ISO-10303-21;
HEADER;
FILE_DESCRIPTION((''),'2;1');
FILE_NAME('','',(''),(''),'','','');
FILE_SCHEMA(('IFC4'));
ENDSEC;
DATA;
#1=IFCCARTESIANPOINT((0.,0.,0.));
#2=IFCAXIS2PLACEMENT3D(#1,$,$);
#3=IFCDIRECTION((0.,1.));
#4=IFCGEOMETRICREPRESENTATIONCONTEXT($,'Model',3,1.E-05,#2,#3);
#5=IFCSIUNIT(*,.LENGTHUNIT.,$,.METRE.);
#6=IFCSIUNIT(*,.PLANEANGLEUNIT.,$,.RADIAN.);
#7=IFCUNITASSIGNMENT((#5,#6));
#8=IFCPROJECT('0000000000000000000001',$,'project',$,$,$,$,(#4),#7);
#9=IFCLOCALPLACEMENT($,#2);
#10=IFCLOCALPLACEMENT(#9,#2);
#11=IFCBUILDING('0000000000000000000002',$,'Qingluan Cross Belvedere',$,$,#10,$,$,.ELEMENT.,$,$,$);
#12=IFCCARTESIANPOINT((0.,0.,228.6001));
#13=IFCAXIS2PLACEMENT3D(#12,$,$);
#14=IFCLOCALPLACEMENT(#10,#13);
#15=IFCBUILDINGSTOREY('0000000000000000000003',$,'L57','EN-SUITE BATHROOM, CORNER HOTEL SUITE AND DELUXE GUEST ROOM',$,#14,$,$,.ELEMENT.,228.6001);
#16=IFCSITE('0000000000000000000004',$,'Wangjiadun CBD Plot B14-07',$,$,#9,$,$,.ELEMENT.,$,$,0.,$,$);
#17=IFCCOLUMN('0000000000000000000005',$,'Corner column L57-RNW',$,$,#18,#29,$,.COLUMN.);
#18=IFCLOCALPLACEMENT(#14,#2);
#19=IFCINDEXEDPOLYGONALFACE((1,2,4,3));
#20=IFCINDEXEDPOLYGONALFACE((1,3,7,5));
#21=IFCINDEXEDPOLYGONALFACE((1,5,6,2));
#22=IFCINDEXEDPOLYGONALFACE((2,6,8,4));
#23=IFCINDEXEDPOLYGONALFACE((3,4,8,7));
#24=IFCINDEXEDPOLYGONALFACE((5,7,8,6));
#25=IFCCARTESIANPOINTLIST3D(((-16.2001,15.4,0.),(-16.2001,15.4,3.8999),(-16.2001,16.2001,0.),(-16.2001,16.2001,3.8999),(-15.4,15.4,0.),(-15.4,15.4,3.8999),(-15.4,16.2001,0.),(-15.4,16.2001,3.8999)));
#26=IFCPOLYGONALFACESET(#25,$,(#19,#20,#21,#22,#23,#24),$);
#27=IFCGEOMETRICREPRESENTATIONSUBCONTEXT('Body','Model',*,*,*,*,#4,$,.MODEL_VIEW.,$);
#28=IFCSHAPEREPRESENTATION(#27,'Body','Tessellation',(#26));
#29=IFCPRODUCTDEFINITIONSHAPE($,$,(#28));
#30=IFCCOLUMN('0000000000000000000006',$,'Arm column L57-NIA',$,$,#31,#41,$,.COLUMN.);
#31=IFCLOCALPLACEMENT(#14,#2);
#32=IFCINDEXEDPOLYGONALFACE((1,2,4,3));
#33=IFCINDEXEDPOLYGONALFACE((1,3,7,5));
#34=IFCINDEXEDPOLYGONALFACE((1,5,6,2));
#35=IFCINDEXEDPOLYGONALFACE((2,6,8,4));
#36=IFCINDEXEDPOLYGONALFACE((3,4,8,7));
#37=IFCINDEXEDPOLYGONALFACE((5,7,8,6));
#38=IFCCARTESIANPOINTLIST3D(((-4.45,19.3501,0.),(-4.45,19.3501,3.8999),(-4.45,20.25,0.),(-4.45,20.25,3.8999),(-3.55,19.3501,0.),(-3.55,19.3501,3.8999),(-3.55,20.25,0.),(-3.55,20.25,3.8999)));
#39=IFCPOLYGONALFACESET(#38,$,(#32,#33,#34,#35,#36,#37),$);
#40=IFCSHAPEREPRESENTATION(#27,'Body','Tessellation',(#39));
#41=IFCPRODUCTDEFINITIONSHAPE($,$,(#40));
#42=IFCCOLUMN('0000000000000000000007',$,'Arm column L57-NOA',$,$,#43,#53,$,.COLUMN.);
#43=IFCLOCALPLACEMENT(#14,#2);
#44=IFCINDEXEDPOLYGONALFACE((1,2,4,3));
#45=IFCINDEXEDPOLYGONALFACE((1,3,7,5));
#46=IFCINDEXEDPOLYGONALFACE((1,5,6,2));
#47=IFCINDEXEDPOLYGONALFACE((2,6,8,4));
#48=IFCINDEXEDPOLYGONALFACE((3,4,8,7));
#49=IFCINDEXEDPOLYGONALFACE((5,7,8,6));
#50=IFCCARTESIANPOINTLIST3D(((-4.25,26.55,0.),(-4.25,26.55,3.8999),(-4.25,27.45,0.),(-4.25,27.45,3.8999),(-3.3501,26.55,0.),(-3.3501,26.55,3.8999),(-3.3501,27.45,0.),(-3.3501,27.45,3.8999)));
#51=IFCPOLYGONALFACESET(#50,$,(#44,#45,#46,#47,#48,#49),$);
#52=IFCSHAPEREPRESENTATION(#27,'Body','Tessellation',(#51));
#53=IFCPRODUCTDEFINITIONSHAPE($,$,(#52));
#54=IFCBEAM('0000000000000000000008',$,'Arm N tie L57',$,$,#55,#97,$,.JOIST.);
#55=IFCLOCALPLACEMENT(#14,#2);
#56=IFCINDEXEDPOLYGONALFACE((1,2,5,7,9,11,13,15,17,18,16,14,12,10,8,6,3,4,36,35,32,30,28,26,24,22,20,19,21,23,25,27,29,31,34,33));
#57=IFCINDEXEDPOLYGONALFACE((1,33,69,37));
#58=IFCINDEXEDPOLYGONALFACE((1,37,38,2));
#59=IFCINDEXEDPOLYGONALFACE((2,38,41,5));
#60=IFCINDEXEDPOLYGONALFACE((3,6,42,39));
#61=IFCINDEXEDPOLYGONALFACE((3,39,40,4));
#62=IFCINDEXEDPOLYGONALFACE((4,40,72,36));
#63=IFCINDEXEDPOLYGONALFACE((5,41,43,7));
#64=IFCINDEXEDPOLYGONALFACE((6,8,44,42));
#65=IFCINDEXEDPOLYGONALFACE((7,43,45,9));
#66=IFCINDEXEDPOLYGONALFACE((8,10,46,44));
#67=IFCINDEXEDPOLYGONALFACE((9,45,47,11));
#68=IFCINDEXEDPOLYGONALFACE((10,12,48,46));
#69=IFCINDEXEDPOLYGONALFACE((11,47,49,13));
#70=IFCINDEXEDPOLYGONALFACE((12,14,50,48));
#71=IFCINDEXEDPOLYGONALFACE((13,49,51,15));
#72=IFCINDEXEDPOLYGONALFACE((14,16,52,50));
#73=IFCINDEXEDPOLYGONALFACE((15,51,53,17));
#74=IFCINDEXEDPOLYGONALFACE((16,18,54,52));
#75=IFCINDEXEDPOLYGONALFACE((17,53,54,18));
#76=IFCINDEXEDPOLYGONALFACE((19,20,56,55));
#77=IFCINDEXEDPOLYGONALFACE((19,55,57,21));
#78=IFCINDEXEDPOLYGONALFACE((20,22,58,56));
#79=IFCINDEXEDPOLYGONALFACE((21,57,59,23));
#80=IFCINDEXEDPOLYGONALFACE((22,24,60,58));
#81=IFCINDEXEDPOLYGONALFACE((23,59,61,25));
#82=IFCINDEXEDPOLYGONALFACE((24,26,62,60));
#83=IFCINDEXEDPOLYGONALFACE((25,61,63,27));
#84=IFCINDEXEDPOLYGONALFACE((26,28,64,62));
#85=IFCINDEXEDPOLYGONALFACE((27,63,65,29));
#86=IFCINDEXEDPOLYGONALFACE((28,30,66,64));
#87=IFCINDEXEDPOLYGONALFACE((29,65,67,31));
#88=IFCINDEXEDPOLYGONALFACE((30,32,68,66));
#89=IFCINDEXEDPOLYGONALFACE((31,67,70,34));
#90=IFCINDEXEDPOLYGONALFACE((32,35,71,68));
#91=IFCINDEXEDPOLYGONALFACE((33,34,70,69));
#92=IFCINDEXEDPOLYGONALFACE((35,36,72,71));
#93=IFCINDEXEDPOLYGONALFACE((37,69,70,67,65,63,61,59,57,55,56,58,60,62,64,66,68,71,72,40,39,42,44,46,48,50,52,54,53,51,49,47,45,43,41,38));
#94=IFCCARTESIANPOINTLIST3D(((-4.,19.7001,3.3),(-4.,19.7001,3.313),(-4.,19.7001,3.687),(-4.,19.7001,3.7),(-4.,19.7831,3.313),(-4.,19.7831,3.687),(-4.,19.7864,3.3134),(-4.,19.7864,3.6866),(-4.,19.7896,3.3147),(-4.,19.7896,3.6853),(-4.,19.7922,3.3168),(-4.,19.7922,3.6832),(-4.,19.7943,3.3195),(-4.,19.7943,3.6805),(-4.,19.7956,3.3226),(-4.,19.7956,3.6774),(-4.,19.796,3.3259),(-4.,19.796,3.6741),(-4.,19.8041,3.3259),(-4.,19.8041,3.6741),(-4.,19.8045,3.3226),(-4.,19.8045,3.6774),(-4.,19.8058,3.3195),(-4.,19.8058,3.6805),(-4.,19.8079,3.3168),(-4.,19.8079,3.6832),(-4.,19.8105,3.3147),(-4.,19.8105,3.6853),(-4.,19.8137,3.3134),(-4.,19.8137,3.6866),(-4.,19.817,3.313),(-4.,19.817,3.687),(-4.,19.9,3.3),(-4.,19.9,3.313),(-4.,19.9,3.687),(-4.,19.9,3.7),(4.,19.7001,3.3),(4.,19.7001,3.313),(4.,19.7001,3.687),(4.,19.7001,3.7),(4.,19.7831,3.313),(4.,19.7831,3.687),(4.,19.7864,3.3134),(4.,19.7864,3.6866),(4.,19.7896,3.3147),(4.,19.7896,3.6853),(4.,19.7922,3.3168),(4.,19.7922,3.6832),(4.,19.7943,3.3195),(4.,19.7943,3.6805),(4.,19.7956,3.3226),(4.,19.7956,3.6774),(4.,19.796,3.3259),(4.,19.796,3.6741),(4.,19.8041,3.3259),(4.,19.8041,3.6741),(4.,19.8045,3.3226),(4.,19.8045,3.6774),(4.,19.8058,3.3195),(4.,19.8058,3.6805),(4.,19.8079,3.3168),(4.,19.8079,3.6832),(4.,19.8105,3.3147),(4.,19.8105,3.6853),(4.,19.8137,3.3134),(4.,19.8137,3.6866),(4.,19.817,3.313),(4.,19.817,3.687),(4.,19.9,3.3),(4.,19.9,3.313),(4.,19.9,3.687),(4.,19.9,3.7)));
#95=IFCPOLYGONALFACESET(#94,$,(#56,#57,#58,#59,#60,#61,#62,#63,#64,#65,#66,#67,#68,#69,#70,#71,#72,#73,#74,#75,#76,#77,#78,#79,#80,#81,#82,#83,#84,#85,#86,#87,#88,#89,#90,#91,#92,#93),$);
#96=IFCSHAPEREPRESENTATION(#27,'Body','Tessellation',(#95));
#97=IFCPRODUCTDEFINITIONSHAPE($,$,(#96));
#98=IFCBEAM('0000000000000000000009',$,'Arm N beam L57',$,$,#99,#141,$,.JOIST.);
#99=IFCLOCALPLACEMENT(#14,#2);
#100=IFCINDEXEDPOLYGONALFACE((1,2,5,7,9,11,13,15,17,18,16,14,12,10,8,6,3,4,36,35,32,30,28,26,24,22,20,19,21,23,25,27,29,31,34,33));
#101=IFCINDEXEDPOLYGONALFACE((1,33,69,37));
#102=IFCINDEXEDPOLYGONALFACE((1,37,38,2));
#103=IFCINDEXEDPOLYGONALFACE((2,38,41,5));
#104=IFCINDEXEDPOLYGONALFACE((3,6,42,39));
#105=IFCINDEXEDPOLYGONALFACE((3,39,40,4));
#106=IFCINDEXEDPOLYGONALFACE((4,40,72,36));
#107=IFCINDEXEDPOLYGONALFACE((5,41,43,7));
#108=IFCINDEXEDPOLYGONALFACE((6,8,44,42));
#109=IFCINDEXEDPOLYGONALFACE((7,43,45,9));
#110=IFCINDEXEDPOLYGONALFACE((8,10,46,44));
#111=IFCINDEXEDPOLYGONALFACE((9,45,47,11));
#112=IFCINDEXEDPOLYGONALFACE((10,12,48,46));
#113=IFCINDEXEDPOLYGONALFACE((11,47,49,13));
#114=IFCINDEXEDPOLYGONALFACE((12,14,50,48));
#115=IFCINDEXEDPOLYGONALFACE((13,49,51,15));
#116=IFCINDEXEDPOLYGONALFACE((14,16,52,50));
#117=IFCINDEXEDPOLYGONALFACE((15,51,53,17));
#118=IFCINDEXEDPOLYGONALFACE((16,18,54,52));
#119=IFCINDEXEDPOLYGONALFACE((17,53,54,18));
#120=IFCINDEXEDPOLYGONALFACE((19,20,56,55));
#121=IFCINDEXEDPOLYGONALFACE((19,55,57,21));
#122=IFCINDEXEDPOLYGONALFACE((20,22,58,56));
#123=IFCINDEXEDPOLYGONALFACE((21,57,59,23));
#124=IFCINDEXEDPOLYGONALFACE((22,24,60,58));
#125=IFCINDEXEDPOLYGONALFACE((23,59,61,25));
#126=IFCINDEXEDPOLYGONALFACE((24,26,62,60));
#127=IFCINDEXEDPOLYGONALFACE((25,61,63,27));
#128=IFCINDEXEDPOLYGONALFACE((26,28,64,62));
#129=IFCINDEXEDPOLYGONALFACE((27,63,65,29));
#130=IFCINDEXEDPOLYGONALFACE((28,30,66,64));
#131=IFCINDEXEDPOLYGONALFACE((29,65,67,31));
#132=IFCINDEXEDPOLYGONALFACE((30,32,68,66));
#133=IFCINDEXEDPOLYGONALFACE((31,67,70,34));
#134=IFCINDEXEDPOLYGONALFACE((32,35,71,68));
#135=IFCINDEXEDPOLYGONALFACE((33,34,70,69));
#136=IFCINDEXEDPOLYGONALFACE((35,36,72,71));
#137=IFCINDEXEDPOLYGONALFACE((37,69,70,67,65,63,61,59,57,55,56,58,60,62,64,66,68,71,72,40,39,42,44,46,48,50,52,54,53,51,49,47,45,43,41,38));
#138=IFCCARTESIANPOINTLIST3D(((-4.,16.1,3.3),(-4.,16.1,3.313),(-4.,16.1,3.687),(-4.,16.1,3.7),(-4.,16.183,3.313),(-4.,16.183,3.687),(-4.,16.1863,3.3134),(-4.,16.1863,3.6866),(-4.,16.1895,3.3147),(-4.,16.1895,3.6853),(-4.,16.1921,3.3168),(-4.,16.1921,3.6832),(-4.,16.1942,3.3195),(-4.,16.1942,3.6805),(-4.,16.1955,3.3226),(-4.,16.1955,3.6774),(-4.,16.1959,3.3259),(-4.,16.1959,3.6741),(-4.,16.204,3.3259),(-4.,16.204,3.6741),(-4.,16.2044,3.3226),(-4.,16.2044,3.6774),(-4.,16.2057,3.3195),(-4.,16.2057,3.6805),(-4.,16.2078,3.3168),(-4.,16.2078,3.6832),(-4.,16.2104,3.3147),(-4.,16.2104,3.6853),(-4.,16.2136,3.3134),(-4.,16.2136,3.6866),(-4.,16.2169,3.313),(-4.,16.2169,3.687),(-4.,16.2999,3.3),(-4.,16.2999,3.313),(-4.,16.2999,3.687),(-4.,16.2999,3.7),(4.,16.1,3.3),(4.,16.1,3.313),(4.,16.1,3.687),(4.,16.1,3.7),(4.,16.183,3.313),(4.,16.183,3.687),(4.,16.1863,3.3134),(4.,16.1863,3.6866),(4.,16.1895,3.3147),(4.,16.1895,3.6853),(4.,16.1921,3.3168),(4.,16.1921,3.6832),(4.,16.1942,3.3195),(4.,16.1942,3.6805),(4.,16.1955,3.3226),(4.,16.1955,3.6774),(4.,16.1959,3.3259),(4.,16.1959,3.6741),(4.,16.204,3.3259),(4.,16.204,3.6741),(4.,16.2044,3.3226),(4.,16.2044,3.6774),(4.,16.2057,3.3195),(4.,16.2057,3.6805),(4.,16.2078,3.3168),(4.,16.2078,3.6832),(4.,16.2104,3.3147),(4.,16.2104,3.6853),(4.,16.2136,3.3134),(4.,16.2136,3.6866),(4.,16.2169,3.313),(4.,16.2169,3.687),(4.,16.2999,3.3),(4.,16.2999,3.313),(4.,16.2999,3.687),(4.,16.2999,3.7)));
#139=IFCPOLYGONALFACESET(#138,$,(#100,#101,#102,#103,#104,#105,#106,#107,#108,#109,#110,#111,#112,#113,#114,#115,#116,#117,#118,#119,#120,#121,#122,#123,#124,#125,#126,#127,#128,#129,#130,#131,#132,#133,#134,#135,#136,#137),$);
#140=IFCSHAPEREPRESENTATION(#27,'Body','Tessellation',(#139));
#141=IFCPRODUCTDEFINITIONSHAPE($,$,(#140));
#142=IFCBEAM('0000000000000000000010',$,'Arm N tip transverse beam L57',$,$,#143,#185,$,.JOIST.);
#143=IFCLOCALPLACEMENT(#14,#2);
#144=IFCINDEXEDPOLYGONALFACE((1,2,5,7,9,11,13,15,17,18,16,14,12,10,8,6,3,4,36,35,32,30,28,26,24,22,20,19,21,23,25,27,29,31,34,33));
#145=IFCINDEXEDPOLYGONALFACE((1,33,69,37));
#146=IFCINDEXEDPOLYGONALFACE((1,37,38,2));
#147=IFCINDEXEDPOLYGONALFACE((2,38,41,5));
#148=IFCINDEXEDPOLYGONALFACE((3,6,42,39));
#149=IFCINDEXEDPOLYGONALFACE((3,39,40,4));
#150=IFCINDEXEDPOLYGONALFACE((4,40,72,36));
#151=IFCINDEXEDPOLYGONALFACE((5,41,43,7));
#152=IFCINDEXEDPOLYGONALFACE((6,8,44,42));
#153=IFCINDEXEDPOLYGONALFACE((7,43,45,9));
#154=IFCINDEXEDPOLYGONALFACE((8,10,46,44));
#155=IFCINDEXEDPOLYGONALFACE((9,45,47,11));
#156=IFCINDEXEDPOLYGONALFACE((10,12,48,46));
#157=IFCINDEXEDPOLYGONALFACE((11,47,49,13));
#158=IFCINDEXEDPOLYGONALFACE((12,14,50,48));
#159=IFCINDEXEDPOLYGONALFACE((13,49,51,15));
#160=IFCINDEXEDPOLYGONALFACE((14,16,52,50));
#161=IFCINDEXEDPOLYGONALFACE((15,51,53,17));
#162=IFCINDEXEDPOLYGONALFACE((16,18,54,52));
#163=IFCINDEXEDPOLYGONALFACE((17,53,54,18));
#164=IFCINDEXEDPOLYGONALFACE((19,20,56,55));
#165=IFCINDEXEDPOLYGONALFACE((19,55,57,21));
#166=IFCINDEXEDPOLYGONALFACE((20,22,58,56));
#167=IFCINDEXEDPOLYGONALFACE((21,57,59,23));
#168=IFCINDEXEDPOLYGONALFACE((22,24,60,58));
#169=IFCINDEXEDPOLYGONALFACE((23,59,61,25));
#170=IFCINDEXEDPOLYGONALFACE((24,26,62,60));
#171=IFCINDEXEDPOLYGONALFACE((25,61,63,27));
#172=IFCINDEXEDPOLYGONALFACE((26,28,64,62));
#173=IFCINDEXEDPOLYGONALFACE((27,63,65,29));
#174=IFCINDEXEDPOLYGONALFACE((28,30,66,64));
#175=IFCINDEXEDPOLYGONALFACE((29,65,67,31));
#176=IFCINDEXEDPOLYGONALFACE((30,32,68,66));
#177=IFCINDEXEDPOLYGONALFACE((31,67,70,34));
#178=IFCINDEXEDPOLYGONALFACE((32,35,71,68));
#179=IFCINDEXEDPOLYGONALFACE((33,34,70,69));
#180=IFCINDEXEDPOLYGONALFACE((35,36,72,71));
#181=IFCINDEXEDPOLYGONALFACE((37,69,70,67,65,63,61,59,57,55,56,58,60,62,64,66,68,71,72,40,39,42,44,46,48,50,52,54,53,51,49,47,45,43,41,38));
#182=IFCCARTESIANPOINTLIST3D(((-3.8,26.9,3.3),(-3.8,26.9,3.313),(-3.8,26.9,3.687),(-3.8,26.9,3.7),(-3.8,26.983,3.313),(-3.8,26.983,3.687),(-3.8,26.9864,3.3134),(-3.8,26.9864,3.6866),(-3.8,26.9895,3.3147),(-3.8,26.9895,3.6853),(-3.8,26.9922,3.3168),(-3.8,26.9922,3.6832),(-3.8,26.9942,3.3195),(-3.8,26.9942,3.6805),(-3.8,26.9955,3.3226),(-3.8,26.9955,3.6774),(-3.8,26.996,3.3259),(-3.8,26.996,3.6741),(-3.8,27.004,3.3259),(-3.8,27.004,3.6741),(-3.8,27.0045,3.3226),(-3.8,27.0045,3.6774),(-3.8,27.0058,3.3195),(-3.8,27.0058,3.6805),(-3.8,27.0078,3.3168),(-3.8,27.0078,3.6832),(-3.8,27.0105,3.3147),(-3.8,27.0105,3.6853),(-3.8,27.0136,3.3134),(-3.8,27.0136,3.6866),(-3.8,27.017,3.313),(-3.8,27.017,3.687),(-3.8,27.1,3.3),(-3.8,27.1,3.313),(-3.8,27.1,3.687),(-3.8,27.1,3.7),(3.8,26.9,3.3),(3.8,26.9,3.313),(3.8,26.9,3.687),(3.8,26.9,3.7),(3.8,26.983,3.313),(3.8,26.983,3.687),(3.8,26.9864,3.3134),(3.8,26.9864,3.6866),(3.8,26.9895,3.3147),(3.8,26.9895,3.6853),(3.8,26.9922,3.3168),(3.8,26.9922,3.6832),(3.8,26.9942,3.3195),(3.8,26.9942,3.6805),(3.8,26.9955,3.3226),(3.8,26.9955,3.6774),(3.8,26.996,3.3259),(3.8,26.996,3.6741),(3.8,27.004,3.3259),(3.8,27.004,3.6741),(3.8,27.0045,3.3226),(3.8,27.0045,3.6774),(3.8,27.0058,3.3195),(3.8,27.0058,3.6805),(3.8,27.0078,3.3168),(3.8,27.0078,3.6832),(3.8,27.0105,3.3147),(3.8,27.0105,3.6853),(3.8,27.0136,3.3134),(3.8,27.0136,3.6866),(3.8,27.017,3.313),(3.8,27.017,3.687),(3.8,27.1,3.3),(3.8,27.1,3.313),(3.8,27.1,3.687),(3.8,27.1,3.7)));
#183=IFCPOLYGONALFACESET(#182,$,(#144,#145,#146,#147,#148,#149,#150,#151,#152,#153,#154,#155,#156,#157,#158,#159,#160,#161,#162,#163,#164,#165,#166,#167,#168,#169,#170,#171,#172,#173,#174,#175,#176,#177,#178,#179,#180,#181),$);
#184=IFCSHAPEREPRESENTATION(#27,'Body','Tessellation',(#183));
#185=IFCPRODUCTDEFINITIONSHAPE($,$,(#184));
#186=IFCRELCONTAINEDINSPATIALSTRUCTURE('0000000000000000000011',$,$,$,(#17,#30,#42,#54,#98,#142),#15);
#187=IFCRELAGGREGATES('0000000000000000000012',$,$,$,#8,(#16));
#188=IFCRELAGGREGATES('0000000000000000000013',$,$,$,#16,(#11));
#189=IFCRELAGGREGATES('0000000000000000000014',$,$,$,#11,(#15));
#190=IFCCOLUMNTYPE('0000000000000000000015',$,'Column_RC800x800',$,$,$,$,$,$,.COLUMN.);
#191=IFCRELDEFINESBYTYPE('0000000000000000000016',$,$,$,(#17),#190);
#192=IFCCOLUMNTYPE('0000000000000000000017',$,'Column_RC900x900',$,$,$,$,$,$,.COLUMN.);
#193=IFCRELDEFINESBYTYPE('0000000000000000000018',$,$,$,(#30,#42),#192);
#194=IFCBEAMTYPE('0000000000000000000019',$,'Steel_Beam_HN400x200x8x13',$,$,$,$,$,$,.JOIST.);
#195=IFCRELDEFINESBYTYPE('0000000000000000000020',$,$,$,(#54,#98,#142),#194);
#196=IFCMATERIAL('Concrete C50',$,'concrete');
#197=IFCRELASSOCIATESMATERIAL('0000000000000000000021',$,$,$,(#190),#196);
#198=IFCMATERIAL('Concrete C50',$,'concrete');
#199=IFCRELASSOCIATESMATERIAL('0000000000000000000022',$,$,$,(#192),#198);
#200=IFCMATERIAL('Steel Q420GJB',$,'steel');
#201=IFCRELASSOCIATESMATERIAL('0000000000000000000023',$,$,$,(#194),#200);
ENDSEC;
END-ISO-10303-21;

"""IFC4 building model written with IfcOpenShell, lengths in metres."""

from ifc_helpers import new_model, si_unit, direction, frame, origin, origin_2d, place, context, subcontext, project, spatial, rectangle, i_section, extrude, material, material_profile, profile_set, type_object, element, save


model = new_model("IFC4")

# Units and contexts
model_context = context("Model", 3, precision=1e-05, world=origin(), true_north=direction((0.0, 1.0)))
body_context = subcontext(model_context, "Body", "Model", "MODEL_VIEW")
ifc_project = project(units=[si_unit("LENGTHUNIT", "METRE"), si_unit("PLANEANGLEUNIT", "RADIAN")], contexts=[model_context])

# Site, building, storey
site_placement = place(None, origin())
site = spatial("IfcSite", under=ifc_project, at=site_placement, Name="Wangjiadun CBD Plot B14-07", CompositionType="ELEMENT", RefElevation=0.0)
building_placement = place(site_placement, origin())
building = spatial("IfcBuilding", under=site, at=building_placement, Name="Qingluan Cross Belvedere", CompositionType="ELEMENT")
storey_placement = place(building_placement, frame((0.0, 0.0, 228.6001)))
storey = spatial("IfcBuildingStorey", under=building, at=storey_placement, Name="L57", Description="EN-SUITE BATHROOM, CORNER HOTEL SUITE AND DELUXE GUEST ROOM", CompositionType="ELEMENT", Elevation=228.6001)

# Columns
ifc_material_1 = material(Name="Concrete C50", Category="concrete")
ifc_material_profile_1 = material_profile(ifc_material_1, rectangle(XDim=0.8, YDim=0.8, at=origin_2d()), Name="RC800x800")
ifc_profile_set_1 = profile_set([ifc_material_profile_1], Name="Concrete C50")
column_type_1 = type_object("IfcColumnType", Name="Column_RC800x800", PredefinedType="COLUMN", material=ifc_profile_set_1)
column_placement = place(storey_placement, frame((-15.8, 15.8, 0.0), z_axis=(0.0, 0.0, 1.0), x_axis=(1.0, 0.0, 0.0)))
element("IfcColumn", 1, at=column_placement, inside=storey, type_object=column_type_1, Name="Corner column L57-RNW", PredefinedType="COLUMN", context=body_context, shape_type="SweptSolid", body=[
    extrude(rectangle(XDim=0.8, YDim=0.8, at=origin_2d()), origin(), (0.0, 0.0, 1.0), 3.8999),
])
ifc_material_2 = material(Name="Concrete C50", Category="concrete")
ifc_material_profile_2 = material_profile(ifc_material_2, rectangle(XDim=0.8999, YDim=0.8999, at=origin_2d()), Name="RC900x900")
ifc_profile_set_2 = profile_set([ifc_material_profile_2], Name="Concrete C50")
column_type_2 = type_object("IfcColumnType", Name="Column_RC900x900", PredefinedType="COLUMN", material=ifc_profile_set_2)
for number, where, z_axis, x_axis, name in (
    (2, (-4.0, 19.8, 0.0), (0.0, 0.0, 1.0), (1.0, 0.0, 0.0), "Arm column L57-NIA"),
    (3, (-3.8, 27.0, 0.0), (0.0, 0.0, 1.0), (1.0, 0.0, 0.0), "Arm column L57-NOA"),
):
    element("IfcColumn", number, at=place(storey_placement, frame(where, z_axis=z_axis, x_axis=x_axis)), inside=storey, type_object=column_type_2, Name=name, PredefinedType="COLUMN", context=body_context, shape_type="SweptSolid", body=[
        extrude(rectangle(XDim=0.8999, YDim=0.8999, at=origin_2d()), origin(), (0.0, 0.0, 1.0), 3.8999),
    ])

# Beams
ifc_material_3 = material(Name="Steel Q420GJB", Category="steel")
ifc_material_profile_3 = material_profile(ifc_material_3, i_section(OverallWidth=0.2, OverallDepth=0.3999, WebThickness=0.0081, FlangeThickness=0.0129, FilletRadius=0.0129, at=origin_2d()), Name="HN400x200x8x13")
ifc_profile_set_3 = profile_set([ifc_material_profile_3], Name="Steel Q420GJB")
beam_type_1 = type_object("IfcBeamType", Name="Steel_Beam_HN400x200x8x13", PredefinedType="JOIST", material=ifc_profile_set_3)
for number, where, z_axis, x_axis, name in (
    (4, (-4.0, 19.8, 3.5), (1.0, 0.0, 0.0), (0.0, 1.0, 0.0), "Arm N tie L57"),
    (5, (-4.0, 16.2, 3.5), (1.0, 0.0, 0.0), (0.0, 1.0, 0.0), "Arm N beam L57"),
):
    element("IfcBeam", number, at=place(storey_placement, frame(where, z_axis=z_axis, x_axis=x_axis)), inside=storey, type_object=beam_type_1, Name=name, PredefinedType="JOIST", context=body_context, shape_type="SweptSolid", body=[
        extrude(i_section(OverallWidth=0.2, OverallDepth=0.3999, WebThickness=0.0081, FlangeThickness=0.0129, FilletRadius=0.0129, at=origin_2d()), origin(), (0.0, 0.0, 1.0), 8.0),
    ])
beam_1_placement = place(storey_placement, frame((-3.8, 27.0, 3.5), z_axis=(1.0, 0.0, 0.0), x_axis=(0.0, 1.0, 0.0)))
element("IfcBeam", 6, at=beam_1_placement, inside=storey, type_object=beam_type_1, Name="Arm N tip transverse beam L57", PredefinedType="JOIST", context=body_context, shape_type="SweptSolid", body=[
    extrude(i_section(OverallWidth=0.2, OverallDepth=0.3999, WebThickness=0.0081, FlangeThickness=0.0129, FilletRadius=0.0129, at=origin_2d()), origin(), (0.0, 0.0, 1.0), 7.6001),
])

save(model, "model.ifc")
